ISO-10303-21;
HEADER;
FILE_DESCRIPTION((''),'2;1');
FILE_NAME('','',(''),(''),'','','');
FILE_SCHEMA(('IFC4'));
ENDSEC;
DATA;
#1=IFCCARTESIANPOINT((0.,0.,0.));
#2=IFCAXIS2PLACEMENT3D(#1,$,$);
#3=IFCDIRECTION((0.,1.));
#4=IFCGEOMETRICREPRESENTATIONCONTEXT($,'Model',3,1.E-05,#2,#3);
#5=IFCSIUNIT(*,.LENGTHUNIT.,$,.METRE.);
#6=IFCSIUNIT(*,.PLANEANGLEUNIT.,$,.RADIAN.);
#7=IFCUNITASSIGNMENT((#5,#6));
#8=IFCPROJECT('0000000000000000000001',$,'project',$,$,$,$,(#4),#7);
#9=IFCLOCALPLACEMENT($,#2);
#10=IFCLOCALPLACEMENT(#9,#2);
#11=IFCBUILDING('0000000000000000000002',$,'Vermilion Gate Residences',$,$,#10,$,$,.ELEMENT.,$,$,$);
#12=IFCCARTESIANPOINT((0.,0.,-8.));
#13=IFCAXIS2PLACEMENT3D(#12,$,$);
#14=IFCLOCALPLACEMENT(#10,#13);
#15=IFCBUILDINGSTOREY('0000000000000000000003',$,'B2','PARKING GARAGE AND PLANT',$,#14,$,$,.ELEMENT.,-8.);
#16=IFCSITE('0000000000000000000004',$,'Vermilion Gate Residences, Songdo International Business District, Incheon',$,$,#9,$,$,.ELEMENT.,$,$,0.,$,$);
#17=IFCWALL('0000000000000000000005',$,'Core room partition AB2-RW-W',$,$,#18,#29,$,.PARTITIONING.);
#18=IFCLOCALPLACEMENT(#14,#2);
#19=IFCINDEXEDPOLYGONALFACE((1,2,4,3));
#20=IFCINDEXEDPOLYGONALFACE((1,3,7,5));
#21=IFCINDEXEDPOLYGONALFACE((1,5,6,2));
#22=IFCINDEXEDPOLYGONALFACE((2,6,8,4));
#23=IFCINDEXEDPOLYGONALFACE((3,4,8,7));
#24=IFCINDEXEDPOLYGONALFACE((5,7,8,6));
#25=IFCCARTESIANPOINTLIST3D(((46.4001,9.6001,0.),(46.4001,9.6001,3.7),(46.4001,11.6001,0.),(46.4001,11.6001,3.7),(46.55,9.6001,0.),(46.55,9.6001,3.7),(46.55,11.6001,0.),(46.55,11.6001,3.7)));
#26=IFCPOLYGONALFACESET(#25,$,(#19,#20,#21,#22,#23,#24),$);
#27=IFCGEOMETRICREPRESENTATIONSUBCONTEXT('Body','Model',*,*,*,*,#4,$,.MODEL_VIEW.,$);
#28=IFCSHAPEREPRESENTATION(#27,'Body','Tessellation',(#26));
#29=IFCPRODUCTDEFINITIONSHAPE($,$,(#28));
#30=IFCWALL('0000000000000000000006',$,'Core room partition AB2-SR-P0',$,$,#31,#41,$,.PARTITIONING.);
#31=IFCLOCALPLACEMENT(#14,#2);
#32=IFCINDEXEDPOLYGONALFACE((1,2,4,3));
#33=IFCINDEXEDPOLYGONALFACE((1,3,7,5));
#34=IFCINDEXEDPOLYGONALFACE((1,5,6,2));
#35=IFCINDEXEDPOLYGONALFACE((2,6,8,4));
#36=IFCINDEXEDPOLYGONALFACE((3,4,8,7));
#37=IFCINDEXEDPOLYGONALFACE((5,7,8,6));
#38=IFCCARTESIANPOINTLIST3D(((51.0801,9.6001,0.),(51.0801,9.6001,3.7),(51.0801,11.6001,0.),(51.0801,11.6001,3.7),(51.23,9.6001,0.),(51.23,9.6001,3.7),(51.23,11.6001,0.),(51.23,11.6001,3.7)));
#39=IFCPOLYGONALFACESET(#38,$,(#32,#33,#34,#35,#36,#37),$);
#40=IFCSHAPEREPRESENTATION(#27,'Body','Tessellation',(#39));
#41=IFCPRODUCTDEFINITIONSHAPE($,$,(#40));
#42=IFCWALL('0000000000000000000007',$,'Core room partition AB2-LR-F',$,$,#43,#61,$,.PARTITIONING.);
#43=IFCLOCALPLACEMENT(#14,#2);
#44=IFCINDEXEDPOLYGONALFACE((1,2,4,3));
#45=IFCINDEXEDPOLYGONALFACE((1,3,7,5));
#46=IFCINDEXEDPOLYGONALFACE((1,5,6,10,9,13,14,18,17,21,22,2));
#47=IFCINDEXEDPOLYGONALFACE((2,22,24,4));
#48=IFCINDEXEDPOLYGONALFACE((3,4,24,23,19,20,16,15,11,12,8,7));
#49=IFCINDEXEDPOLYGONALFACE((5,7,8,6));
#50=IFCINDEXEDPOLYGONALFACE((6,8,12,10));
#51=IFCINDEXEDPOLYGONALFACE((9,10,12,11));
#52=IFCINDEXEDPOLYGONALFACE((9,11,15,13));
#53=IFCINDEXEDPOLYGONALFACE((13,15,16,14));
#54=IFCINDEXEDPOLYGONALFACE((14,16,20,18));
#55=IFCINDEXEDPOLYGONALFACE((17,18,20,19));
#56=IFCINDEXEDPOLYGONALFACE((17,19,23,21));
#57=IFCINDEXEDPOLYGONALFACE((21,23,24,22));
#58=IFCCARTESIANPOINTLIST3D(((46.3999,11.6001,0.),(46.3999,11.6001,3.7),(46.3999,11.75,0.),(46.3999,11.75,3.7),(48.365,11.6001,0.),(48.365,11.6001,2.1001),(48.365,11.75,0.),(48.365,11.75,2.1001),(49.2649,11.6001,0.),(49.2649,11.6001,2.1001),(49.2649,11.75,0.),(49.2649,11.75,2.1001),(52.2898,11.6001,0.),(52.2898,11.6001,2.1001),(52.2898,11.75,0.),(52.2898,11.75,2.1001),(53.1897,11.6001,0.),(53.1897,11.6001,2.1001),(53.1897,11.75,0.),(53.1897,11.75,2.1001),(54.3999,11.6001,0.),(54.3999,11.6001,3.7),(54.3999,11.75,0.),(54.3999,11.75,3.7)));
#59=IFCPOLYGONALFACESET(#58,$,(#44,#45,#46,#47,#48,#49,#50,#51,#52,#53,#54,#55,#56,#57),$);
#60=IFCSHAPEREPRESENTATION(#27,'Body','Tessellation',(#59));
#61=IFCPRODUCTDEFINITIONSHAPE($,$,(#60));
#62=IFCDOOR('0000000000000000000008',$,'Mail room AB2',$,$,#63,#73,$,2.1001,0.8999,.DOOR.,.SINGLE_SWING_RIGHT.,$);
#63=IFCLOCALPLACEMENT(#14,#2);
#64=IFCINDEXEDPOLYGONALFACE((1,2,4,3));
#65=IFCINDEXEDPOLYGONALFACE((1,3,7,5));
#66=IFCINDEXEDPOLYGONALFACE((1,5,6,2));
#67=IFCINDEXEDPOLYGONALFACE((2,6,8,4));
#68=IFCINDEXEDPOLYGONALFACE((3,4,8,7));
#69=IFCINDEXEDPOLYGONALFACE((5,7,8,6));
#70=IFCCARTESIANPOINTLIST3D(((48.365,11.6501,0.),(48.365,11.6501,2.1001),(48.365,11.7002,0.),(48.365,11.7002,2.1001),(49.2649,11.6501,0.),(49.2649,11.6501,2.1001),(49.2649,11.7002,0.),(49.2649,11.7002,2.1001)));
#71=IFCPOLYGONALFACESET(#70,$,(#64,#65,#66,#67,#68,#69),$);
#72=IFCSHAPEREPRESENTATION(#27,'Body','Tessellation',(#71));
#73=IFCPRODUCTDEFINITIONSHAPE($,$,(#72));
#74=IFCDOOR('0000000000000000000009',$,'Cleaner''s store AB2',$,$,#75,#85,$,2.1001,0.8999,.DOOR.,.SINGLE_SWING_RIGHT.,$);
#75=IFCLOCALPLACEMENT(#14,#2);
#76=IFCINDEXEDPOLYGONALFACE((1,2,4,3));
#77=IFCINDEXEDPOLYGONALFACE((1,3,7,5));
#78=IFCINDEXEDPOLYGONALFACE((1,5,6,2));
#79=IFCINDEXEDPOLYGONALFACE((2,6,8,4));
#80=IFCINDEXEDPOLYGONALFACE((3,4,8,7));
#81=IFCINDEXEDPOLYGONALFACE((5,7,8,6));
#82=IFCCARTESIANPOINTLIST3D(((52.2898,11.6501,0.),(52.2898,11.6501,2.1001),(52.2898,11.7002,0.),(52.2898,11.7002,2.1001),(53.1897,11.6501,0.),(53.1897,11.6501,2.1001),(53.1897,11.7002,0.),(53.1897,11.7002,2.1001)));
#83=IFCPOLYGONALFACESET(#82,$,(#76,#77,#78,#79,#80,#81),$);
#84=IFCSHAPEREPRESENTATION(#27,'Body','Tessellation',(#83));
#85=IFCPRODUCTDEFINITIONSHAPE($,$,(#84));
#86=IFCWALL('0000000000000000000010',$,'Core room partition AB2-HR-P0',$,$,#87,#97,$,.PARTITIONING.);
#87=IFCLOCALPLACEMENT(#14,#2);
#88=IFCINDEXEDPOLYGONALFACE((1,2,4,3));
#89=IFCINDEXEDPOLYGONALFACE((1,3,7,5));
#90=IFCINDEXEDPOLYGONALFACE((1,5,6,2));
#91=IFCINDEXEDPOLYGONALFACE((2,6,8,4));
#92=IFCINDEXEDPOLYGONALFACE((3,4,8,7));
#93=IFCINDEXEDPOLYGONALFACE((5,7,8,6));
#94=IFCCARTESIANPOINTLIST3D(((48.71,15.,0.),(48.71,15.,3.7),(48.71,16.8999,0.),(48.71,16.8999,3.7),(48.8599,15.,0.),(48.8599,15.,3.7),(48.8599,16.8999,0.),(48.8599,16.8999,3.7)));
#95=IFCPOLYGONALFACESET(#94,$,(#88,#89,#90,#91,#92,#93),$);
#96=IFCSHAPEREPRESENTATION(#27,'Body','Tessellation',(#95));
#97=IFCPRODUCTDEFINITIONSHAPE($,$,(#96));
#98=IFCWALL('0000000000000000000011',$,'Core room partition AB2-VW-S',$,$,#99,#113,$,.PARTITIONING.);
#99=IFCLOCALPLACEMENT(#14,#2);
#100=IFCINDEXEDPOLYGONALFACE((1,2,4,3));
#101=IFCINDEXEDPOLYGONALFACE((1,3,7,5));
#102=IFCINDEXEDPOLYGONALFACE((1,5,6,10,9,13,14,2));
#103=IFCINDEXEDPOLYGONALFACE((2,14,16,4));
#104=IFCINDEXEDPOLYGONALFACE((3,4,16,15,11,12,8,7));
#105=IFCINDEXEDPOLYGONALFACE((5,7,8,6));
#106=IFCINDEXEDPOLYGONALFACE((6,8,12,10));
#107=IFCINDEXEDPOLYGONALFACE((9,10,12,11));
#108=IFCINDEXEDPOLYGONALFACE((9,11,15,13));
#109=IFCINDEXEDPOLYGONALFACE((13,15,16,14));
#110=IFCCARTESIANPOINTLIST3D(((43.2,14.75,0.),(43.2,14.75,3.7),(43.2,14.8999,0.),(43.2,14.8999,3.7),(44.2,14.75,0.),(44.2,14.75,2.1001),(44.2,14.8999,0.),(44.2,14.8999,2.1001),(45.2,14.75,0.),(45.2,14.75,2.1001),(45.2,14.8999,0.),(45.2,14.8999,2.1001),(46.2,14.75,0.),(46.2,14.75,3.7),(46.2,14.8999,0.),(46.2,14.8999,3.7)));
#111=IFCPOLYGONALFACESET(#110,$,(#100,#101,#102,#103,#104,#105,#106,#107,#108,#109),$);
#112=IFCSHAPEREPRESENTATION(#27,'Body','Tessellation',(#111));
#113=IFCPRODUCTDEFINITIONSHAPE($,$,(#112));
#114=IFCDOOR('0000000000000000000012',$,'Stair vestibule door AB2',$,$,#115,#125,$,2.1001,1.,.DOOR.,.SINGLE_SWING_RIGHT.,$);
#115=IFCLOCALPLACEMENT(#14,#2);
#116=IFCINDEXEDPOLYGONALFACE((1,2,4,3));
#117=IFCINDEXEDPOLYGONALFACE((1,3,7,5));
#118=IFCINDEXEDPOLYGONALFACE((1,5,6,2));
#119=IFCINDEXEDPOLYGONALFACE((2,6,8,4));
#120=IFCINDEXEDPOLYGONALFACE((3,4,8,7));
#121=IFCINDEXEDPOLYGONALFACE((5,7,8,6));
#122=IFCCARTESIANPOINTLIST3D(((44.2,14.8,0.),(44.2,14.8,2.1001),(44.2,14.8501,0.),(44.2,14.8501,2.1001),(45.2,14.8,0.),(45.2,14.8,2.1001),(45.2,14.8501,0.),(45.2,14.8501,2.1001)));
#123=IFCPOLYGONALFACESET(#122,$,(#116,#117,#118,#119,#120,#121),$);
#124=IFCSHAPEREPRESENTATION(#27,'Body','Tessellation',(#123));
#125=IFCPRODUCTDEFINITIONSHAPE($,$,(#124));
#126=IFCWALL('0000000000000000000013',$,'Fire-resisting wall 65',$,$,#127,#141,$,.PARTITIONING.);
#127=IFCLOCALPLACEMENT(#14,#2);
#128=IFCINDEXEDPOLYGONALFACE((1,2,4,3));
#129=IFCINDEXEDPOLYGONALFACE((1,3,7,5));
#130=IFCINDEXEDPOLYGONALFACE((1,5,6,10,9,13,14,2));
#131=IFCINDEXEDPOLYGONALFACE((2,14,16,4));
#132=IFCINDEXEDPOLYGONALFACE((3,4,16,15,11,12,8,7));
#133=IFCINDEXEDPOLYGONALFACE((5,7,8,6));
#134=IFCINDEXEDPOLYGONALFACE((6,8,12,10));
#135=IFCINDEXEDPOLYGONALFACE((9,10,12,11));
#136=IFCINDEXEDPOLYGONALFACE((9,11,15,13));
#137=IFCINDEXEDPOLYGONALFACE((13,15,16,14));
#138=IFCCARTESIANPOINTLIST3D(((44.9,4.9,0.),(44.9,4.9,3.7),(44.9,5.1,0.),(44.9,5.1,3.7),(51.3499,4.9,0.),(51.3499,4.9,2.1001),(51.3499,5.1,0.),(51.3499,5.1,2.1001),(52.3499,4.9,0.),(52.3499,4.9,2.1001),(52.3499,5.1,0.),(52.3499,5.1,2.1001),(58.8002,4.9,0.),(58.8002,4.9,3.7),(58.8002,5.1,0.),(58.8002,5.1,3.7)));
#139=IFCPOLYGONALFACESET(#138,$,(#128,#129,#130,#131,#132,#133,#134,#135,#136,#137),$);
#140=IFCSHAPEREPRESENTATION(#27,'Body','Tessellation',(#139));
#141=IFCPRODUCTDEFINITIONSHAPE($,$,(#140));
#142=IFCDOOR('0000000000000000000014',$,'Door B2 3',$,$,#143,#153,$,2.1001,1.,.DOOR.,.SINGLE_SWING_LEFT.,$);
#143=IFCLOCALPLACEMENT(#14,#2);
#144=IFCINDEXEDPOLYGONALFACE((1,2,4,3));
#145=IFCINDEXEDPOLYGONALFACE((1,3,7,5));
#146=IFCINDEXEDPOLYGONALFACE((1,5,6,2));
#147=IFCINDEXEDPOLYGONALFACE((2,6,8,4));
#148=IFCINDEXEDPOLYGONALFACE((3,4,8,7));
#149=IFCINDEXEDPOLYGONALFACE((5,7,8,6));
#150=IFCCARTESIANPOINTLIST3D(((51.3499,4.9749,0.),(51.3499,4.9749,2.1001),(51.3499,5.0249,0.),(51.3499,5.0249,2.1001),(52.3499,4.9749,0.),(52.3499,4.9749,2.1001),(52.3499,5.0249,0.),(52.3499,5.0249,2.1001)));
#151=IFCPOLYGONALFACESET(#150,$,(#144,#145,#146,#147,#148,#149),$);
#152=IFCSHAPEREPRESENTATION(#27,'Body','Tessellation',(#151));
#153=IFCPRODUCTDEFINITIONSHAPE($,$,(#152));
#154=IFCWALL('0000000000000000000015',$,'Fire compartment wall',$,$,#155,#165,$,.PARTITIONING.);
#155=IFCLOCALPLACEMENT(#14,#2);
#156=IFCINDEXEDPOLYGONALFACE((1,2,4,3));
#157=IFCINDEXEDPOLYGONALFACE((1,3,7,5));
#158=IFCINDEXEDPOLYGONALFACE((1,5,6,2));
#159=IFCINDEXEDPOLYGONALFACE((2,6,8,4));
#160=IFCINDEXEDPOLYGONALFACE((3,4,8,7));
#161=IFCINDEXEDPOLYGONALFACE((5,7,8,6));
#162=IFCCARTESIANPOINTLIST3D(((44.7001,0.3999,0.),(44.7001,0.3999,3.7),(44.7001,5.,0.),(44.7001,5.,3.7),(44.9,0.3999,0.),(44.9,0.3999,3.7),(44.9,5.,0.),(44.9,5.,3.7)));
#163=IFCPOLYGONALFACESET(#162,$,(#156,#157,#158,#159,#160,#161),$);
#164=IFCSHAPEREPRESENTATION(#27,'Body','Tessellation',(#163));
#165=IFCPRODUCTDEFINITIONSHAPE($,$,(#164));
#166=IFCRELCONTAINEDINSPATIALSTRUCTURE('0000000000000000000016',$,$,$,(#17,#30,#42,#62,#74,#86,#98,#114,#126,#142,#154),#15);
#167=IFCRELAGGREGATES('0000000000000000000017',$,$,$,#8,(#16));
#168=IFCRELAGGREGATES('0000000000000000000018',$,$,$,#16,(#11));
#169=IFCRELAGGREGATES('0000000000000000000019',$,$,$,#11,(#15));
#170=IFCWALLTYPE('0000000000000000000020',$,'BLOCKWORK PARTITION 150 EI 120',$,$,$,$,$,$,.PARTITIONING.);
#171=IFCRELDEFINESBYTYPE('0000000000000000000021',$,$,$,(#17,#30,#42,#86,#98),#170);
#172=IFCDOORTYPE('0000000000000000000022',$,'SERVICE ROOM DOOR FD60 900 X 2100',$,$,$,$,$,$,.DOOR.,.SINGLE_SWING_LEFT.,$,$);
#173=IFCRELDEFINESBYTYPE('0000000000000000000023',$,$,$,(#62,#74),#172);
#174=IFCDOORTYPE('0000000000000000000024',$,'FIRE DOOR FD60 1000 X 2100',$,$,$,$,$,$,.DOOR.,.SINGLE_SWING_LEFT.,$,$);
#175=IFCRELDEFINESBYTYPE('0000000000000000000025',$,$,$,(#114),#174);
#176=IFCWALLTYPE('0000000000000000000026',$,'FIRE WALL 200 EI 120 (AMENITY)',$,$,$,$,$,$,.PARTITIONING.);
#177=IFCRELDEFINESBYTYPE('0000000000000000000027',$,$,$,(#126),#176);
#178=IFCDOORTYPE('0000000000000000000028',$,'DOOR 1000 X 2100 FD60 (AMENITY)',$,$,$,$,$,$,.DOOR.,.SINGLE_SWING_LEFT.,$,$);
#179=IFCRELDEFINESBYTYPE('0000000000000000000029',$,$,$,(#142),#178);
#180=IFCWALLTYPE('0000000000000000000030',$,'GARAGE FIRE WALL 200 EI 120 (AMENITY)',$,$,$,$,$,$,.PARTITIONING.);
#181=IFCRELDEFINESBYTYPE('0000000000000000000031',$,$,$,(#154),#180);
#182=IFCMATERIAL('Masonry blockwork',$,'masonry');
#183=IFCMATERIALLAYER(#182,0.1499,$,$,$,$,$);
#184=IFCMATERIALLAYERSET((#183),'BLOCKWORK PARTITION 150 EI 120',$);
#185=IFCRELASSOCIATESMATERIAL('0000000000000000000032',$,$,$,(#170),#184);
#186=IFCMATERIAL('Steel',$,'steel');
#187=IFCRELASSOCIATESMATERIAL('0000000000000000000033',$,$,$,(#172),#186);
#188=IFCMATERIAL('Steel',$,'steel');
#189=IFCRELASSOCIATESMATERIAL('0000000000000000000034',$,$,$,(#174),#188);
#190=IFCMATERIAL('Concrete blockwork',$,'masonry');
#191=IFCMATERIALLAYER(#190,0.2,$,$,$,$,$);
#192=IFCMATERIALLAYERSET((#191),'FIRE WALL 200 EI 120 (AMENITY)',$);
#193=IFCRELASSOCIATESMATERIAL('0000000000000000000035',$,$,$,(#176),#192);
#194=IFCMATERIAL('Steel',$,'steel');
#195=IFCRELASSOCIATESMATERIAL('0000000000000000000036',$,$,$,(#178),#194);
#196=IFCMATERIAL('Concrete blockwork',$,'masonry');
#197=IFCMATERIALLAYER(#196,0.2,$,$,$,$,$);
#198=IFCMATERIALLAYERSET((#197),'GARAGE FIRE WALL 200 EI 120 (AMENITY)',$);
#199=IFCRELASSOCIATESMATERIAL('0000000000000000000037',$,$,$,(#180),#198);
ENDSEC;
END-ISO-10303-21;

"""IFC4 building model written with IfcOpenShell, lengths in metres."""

from ifc_helpers import new_model, si_unit, direction, frame, frame_2d, origin, place, context, subcontext, project, spatial, rectangle, extrude, material, layer, layer_set, type_object, element, fill, save


model = new_model("IFC4")

# Units and contexts
model_context = context("Model", 3, precision=1e-05, world=origin(), true_north=direction((0.0, 1.0)))
body_context = subcontext(model_context, "Body", "Model", "MODEL_VIEW")
ifc_project = project(units=[si_unit("LENGTHUNIT", "METRE"), si_unit("PLANEANGLEUNIT", "RADIAN")], contexts=[model_context])

# Site, building, storey
site_placement = place(None, origin())
site = spatial("IfcSite", under=ifc_project, at=site_placement, Name="Vermilion Gate Residences, Songdo International Business District, Incheon", CompositionType="ELEMENT", RefElevation=0.0)
building_placement = place(site_placement, origin())
building = spatial("IfcBuilding", under=site, at=building_placement, Name="Vermilion Gate Residences", CompositionType="ELEMENT")
storey_placement = place(building_placement, frame((0.0, 0.0, -8.0)))
storey = spatial("IfcBuildingStorey", under=building, at=storey_placement, Name="B2", Description="PARKING GARAGE AND PLANT", CompositionType="ELEMENT", Elevation=-8.0)

# Walls
ifc_material_1 = material(Name="Masonry blockwork", Category="masonry")
ifc_layer_1 = layer(ifc_material_1, 0.1499)
ifc_layer_set_1 = layer_set([ifc_layer_1], Name="BLOCKWORK PARTITION 150 EI 120")
wall_type_1 = type_object("IfcWallType", Name="BLOCKWORK PARTITION 150 EI 120", PredefinedType="PARTITIONING", material=ifc_layer_set_1)
for number, where, z_axis, x_axis, name in (
    (1, (46.4751, 9.6001, 0.0), (0.0, 0.0, 1.0), (0.0, 1.0, 0.0), "Core room partition AB2-RW-W"),
    (2, (51.155, 9.6001, 0.0), (0.0, 0.0, 1.0), (0.0, 1.0, 0.0), "Core room partition AB2-SR-P0"),
):
    element("IfcWall", number, at=place(storey_placement, frame(where, z_axis=z_axis, x_axis=x_axis)), inside=storey, type_object=wall_type_1, Name=name, PredefinedType="PARTITIONING", context=body_context, shape_type="SweptSolid", body=[
        extrude(rectangle(XDim=2.0, YDim=0.1499, at=frame_2d((1.0, 0.0))), origin(), (0.0, 0.0, 1.0), 3.7),
    ])

# Wall, openings, doors
wall_1_placement = place(storey_placement, frame((46.3999, 11.675, 0.0), z_axis=(0.0, 0.0, 1.0), x_axis=(1.0, 0.0, 0.0)))
wall_1 = element("IfcWall", 3, at=wall_1_placement, inside=storey, type_object=wall_type_1, Name="Core room partition AB2-LR-F", PredefinedType="PARTITIONING", context=body_context, shape_type="SweptSolid", body=[
    extrude(rectangle(XDim=8.0, YDim=0.1499, at=frame_2d((4.0, 0.0))), origin(), (0.0, 0.0, 1.0), 3.7),
])
opening_1_placement = place(wall_1_placement, frame((1.9651, 0.0, 0.0)))
opening_1 = element("IfcOpeningElement", 4, at=opening_1_placement, cuts=wall_1, PredefinedType="OPENING", context=body_context, shape_type="SweptSolid", body=[
    extrude(rectangle(XDim=0.8999, YDim=2.1001, at=frame_2d((0.45, 1.05))), frame((0.0, 0.085, 0.0), z_axis=(0.0, -1.0, 0.0), x_axis=(1.0, 0.0, 0.0)), (0.0, 0.0, 1.0), 0.1699),
])
opening_2_placement = place(wall_1_placement, frame((5.8899, 0.0, 0.0)))
opening_2 = element("IfcOpeningElement", 5, at=opening_2_placement, cuts=wall_1, PredefinedType="OPENING", context=body_context, shape_type="SweptSolid", body=[
    extrude(rectangle(XDim=0.8999, YDim=2.1001, at=frame_2d((0.45, 1.05))), frame((0.0, 0.085, 0.0), z_axis=(0.0, -1.0, 0.0), x_axis=(1.0, 0.0, 0.0)), (0.0, 0.0, 1.0), 0.1699),
])
ifc_material_2 = material(Name="Steel", Category="steel")
door_type_1 = type_object("IfcDoorType", Name="SERVICE ROOM DOOR FD60 900 X 2100", OperationType="SINGLE_SWING_LEFT", PredefinedType="DOOR", material=ifc_material_2)
door_1_placement = place(opening_1_placement, frame((0.8999, 0.0, 0.0), z_axis=(0.0, 0.0, 1.0), x_axis=(-1.0, 0.0, 0.0)))
door_1 = element("IfcDoor", 6, at=door_1_placement, inside=storey, type_object=door_type_1, Name="Mail room AB2", OperationType="SINGLE_SWING_RIGHT", OverallHeight=2.1001, OverallWidth=0.8999, PredefinedType="DOOR", context=body_context, shape_type="SweptSolid", body=[
    extrude(rectangle(XDim=0.8999, YDim=2.1001, at=frame_2d((0.45, 1.05))), frame((0.0, 0.0249, 0.0), z_axis=(0.0, -1.0, 0.0), x_axis=(1.0, 0.0, 0.0)), (0.0, 0.0, 1.0), 0.05),
])
fill(opening_1, door_1)
door_2_placement = place(opening_2_placement, frame((0.8999, 0.0, 0.0), z_axis=(0.0, 0.0, 1.0), x_axis=(-1.0, 0.0, 0.0)))
door_2 = element("IfcDoor", 7, at=door_2_placement, inside=storey, type_object=door_type_1, Name="Cleaner's store AB2", OperationType="SINGLE_SWING_RIGHT", OverallHeight=2.1001, OverallWidth=0.8999, PredefinedType="DOOR", context=body_context, shape_type="SweptSolid", body=[
    extrude(rectangle(XDim=0.8999, YDim=2.1001, at=frame_2d((0.45, 1.05))), frame((0.0, 0.0249, 0.0), z_axis=(0.0, -1.0, 0.0), x_axis=(1.0, 0.0, 0.0)), (0.0, 0.0, 1.0), 0.05),
])
fill(opening_2, door_2)

# Wall
wall_2_placement = place(storey_placement, frame((48.7849, 15.0, 0.0), z_axis=(0.0, 0.0, 1.0), x_axis=(0.0, 1.0, 0.0)))
element("IfcWall", 8, at=wall_2_placement, inside=storey, type_object=wall_type_1, Name="Core room partition AB2-HR-P0", PredefinedType="PARTITIONING", context=body_context, shape_type="SweptSolid", body=[
    extrude(rectangle(XDim=1.8999, YDim=0.1499, at=frame_2d((0.95, 0.0))), origin(), (0.0, 0.0, 1.0), 3.7),
])

# Walls, openings, doors
wall_3_placement = place(storey_placement, frame((43.2, 14.825, 0.0), z_axis=(0.0, 0.0, 1.0), x_axis=(1.0, 0.0, 0.0)))
wall_3 = element("IfcWall", 9, at=wall_3_placement, inside=storey, type_object=wall_type_1, Name="Core room partition AB2-VW-S", PredefinedType="PARTITIONING", context=body_context, shape_type="SweptSolid", body=[
    extrude(rectangle(XDim=3.0, YDim=0.1499, at=frame_2d((1.5, 0.0))), origin(), (0.0, 0.0, 1.0), 3.7),
])
opening_3_placement = place(wall_3_placement, frame((1.0, 0.0, 0.0)))
opening_3 = element("IfcOpeningElement", 10, at=opening_3_placement, cuts=wall_3, PredefinedType="OPENING", context=body_context, shape_type="SweptSolid", body=[
    extrude(rectangle(XDim=1.0, YDim=2.1001, at=frame_2d((0.5, 1.05))), frame((0.0, 0.085, 0.0), z_axis=(0.0, -1.0, 0.0), x_axis=(1.0, 0.0, 0.0)), (0.0, 0.0, 1.0), 0.1699),
])
ifc_material_3 = material(Name="Steel", Category="steel")
door_type_2 = type_object("IfcDoorType", Name="FIRE DOOR FD60 1000 X 2100", OperationType="SINGLE_SWING_LEFT", PredefinedType="DOOR", material=ifc_material_3)
door_3_placement = place(opening_3_placement, frame((1.0, 0.0, 0.0), z_axis=(0.0, 0.0, 1.0), x_axis=(-1.0, 0.0, 0.0)))
door_3 = element("IfcDoor", 11, at=door_3_placement, inside=storey, type_object=door_type_2, Name="Stair vestibule door AB2", OperationType="SINGLE_SWING_RIGHT", OverallHeight=2.1001, OverallWidth=1.0, PredefinedType="DOOR", context=body_context, shape_type="SweptSolid", body=[
    extrude(rectangle(XDim=1.0, YDim=2.1001, at=frame_2d((0.5, 1.05))), frame((0.0, 0.0249, 0.0), z_axis=(0.0, -1.0, 0.0), x_axis=(1.0, 0.0, 0.0)), (0.0, 0.0, 1.0), 0.05),
])
fill(opening_3, door_3)
ifc_material_4 = material(Name="Concrete blockwork", Category="masonry")
ifc_layer_2 = layer(ifc_material_4, 0.2)
ifc_layer_set_2 = layer_set([ifc_layer_2], Name="FIRE WALL 200 EI 120 (AMENITY)")
wall_type_2 = type_object("IfcWallType", Name="FIRE WALL 200 EI 120 (AMENITY)", PredefinedType="PARTITIONING", material=ifc_layer_set_2)
wall_4_placement = place(storey_placement, frame((44.8999, 5.0, 0.0), z_axis=(0.0, 0.0, 1.0), x_axis=(1.0, 0.0, 0.0)))
wall_4 = element("IfcWall", 12, at=wall_4_placement, inside=storey, type_object=wall_type_2, Name="Fire-resisting wall 65", PredefinedType="PARTITIONING", context=body_context, shape_type="SweptSolid", body=[
    extrude(rectangle(XDim=13.9001, YDim=0.2, at=frame_2d((6.9502, 0.0))), origin(), (0.0, 0.0, 1.0), 3.7),
])
opening_4_placement = place(wall_4_placement, frame((6.45, 0.0, 0.0)))
opening_4 = element("IfcOpeningElement", 13, at=opening_4_placement, cuts=wall_4, PredefinedType="OPENING", context=body_context, shape_type="SweptSolid", body=[
    extrude(rectangle(XDim=1.0, YDim=2.1001, at=frame_2d((0.5, 1.05))), frame((0.0, 0.1099, 0.0), z_axis=(0.0, -1.0, 0.0), x_axis=(1.0, 0.0, 0.0)), (0.0, 0.0, 1.0), 0.22),
])
ifc_material_5 = material(Name="Steel", Category="steel")
door_type_3 = type_object("IfcDoorType", Name="DOOR 1000 X 2100 FD60 (AMENITY)", OperationType="SINGLE_SWING_LEFT", PredefinedType="DOOR", material=ifc_material_5)
door_4_placement = place(opening_4_placement, origin())
door_4 = element("IfcDoor", 14, at=door_4_placement, inside=storey, type_object=door_type_3, Name="Door B2 3", OperationType="SINGLE_SWING_LEFT", OverallHeight=2.1001, OverallWidth=1.0, PredefinedType="DOOR", context=body_context, shape_type="SweptSolid", body=[
    extrude(rectangle(XDim=1.0, YDim=2.1001, at=frame_2d((0.5, 1.05))), frame((0.0, 0.0249, 0.0), z_axis=(0.0, -1.0, 0.0), x_axis=(1.0, 0.0, 0.0)), (0.0, 0.0, 1.0), 0.05),
])
fill(opening_4, door_4)

# Wall
ifc_material_6 = material(Name="Concrete blockwork", Category="masonry")
ifc_layer_3 = layer(ifc_material_6, 0.2)
ifc_layer_set_3 = layer_set([ifc_layer_3], Name="GARAGE FIRE WALL 200 EI 120 (AMENITY)")
wall_type_3 = type_object("IfcWallType", Name="GARAGE FIRE WALL 200 EI 120 (AMENITY)", PredefinedType="PARTITIONING", material=ifc_layer_set_3)
wall_5_placement = place(storey_placement, frame((44.8, 0.3999, 0.0), z_axis=(0.0, 0.0, 1.0), x_axis=(0.0, 1.0, 0.0)))
element("IfcWall", 15, at=wall_5_placement, inside=storey, type_object=wall_type_3, Name="Fire compartment wall", PredefinedType="PARTITIONING", context=body_context, shape_type="SweptSolid", body=[
    extrude(rectangle(XDim=4.6001, YDim=0.2, at=frame_2d((2.3, 0.0))), origin(), (0.0, 0.0, 1.0), 3.7),
])

save(model, "model.ifc")
